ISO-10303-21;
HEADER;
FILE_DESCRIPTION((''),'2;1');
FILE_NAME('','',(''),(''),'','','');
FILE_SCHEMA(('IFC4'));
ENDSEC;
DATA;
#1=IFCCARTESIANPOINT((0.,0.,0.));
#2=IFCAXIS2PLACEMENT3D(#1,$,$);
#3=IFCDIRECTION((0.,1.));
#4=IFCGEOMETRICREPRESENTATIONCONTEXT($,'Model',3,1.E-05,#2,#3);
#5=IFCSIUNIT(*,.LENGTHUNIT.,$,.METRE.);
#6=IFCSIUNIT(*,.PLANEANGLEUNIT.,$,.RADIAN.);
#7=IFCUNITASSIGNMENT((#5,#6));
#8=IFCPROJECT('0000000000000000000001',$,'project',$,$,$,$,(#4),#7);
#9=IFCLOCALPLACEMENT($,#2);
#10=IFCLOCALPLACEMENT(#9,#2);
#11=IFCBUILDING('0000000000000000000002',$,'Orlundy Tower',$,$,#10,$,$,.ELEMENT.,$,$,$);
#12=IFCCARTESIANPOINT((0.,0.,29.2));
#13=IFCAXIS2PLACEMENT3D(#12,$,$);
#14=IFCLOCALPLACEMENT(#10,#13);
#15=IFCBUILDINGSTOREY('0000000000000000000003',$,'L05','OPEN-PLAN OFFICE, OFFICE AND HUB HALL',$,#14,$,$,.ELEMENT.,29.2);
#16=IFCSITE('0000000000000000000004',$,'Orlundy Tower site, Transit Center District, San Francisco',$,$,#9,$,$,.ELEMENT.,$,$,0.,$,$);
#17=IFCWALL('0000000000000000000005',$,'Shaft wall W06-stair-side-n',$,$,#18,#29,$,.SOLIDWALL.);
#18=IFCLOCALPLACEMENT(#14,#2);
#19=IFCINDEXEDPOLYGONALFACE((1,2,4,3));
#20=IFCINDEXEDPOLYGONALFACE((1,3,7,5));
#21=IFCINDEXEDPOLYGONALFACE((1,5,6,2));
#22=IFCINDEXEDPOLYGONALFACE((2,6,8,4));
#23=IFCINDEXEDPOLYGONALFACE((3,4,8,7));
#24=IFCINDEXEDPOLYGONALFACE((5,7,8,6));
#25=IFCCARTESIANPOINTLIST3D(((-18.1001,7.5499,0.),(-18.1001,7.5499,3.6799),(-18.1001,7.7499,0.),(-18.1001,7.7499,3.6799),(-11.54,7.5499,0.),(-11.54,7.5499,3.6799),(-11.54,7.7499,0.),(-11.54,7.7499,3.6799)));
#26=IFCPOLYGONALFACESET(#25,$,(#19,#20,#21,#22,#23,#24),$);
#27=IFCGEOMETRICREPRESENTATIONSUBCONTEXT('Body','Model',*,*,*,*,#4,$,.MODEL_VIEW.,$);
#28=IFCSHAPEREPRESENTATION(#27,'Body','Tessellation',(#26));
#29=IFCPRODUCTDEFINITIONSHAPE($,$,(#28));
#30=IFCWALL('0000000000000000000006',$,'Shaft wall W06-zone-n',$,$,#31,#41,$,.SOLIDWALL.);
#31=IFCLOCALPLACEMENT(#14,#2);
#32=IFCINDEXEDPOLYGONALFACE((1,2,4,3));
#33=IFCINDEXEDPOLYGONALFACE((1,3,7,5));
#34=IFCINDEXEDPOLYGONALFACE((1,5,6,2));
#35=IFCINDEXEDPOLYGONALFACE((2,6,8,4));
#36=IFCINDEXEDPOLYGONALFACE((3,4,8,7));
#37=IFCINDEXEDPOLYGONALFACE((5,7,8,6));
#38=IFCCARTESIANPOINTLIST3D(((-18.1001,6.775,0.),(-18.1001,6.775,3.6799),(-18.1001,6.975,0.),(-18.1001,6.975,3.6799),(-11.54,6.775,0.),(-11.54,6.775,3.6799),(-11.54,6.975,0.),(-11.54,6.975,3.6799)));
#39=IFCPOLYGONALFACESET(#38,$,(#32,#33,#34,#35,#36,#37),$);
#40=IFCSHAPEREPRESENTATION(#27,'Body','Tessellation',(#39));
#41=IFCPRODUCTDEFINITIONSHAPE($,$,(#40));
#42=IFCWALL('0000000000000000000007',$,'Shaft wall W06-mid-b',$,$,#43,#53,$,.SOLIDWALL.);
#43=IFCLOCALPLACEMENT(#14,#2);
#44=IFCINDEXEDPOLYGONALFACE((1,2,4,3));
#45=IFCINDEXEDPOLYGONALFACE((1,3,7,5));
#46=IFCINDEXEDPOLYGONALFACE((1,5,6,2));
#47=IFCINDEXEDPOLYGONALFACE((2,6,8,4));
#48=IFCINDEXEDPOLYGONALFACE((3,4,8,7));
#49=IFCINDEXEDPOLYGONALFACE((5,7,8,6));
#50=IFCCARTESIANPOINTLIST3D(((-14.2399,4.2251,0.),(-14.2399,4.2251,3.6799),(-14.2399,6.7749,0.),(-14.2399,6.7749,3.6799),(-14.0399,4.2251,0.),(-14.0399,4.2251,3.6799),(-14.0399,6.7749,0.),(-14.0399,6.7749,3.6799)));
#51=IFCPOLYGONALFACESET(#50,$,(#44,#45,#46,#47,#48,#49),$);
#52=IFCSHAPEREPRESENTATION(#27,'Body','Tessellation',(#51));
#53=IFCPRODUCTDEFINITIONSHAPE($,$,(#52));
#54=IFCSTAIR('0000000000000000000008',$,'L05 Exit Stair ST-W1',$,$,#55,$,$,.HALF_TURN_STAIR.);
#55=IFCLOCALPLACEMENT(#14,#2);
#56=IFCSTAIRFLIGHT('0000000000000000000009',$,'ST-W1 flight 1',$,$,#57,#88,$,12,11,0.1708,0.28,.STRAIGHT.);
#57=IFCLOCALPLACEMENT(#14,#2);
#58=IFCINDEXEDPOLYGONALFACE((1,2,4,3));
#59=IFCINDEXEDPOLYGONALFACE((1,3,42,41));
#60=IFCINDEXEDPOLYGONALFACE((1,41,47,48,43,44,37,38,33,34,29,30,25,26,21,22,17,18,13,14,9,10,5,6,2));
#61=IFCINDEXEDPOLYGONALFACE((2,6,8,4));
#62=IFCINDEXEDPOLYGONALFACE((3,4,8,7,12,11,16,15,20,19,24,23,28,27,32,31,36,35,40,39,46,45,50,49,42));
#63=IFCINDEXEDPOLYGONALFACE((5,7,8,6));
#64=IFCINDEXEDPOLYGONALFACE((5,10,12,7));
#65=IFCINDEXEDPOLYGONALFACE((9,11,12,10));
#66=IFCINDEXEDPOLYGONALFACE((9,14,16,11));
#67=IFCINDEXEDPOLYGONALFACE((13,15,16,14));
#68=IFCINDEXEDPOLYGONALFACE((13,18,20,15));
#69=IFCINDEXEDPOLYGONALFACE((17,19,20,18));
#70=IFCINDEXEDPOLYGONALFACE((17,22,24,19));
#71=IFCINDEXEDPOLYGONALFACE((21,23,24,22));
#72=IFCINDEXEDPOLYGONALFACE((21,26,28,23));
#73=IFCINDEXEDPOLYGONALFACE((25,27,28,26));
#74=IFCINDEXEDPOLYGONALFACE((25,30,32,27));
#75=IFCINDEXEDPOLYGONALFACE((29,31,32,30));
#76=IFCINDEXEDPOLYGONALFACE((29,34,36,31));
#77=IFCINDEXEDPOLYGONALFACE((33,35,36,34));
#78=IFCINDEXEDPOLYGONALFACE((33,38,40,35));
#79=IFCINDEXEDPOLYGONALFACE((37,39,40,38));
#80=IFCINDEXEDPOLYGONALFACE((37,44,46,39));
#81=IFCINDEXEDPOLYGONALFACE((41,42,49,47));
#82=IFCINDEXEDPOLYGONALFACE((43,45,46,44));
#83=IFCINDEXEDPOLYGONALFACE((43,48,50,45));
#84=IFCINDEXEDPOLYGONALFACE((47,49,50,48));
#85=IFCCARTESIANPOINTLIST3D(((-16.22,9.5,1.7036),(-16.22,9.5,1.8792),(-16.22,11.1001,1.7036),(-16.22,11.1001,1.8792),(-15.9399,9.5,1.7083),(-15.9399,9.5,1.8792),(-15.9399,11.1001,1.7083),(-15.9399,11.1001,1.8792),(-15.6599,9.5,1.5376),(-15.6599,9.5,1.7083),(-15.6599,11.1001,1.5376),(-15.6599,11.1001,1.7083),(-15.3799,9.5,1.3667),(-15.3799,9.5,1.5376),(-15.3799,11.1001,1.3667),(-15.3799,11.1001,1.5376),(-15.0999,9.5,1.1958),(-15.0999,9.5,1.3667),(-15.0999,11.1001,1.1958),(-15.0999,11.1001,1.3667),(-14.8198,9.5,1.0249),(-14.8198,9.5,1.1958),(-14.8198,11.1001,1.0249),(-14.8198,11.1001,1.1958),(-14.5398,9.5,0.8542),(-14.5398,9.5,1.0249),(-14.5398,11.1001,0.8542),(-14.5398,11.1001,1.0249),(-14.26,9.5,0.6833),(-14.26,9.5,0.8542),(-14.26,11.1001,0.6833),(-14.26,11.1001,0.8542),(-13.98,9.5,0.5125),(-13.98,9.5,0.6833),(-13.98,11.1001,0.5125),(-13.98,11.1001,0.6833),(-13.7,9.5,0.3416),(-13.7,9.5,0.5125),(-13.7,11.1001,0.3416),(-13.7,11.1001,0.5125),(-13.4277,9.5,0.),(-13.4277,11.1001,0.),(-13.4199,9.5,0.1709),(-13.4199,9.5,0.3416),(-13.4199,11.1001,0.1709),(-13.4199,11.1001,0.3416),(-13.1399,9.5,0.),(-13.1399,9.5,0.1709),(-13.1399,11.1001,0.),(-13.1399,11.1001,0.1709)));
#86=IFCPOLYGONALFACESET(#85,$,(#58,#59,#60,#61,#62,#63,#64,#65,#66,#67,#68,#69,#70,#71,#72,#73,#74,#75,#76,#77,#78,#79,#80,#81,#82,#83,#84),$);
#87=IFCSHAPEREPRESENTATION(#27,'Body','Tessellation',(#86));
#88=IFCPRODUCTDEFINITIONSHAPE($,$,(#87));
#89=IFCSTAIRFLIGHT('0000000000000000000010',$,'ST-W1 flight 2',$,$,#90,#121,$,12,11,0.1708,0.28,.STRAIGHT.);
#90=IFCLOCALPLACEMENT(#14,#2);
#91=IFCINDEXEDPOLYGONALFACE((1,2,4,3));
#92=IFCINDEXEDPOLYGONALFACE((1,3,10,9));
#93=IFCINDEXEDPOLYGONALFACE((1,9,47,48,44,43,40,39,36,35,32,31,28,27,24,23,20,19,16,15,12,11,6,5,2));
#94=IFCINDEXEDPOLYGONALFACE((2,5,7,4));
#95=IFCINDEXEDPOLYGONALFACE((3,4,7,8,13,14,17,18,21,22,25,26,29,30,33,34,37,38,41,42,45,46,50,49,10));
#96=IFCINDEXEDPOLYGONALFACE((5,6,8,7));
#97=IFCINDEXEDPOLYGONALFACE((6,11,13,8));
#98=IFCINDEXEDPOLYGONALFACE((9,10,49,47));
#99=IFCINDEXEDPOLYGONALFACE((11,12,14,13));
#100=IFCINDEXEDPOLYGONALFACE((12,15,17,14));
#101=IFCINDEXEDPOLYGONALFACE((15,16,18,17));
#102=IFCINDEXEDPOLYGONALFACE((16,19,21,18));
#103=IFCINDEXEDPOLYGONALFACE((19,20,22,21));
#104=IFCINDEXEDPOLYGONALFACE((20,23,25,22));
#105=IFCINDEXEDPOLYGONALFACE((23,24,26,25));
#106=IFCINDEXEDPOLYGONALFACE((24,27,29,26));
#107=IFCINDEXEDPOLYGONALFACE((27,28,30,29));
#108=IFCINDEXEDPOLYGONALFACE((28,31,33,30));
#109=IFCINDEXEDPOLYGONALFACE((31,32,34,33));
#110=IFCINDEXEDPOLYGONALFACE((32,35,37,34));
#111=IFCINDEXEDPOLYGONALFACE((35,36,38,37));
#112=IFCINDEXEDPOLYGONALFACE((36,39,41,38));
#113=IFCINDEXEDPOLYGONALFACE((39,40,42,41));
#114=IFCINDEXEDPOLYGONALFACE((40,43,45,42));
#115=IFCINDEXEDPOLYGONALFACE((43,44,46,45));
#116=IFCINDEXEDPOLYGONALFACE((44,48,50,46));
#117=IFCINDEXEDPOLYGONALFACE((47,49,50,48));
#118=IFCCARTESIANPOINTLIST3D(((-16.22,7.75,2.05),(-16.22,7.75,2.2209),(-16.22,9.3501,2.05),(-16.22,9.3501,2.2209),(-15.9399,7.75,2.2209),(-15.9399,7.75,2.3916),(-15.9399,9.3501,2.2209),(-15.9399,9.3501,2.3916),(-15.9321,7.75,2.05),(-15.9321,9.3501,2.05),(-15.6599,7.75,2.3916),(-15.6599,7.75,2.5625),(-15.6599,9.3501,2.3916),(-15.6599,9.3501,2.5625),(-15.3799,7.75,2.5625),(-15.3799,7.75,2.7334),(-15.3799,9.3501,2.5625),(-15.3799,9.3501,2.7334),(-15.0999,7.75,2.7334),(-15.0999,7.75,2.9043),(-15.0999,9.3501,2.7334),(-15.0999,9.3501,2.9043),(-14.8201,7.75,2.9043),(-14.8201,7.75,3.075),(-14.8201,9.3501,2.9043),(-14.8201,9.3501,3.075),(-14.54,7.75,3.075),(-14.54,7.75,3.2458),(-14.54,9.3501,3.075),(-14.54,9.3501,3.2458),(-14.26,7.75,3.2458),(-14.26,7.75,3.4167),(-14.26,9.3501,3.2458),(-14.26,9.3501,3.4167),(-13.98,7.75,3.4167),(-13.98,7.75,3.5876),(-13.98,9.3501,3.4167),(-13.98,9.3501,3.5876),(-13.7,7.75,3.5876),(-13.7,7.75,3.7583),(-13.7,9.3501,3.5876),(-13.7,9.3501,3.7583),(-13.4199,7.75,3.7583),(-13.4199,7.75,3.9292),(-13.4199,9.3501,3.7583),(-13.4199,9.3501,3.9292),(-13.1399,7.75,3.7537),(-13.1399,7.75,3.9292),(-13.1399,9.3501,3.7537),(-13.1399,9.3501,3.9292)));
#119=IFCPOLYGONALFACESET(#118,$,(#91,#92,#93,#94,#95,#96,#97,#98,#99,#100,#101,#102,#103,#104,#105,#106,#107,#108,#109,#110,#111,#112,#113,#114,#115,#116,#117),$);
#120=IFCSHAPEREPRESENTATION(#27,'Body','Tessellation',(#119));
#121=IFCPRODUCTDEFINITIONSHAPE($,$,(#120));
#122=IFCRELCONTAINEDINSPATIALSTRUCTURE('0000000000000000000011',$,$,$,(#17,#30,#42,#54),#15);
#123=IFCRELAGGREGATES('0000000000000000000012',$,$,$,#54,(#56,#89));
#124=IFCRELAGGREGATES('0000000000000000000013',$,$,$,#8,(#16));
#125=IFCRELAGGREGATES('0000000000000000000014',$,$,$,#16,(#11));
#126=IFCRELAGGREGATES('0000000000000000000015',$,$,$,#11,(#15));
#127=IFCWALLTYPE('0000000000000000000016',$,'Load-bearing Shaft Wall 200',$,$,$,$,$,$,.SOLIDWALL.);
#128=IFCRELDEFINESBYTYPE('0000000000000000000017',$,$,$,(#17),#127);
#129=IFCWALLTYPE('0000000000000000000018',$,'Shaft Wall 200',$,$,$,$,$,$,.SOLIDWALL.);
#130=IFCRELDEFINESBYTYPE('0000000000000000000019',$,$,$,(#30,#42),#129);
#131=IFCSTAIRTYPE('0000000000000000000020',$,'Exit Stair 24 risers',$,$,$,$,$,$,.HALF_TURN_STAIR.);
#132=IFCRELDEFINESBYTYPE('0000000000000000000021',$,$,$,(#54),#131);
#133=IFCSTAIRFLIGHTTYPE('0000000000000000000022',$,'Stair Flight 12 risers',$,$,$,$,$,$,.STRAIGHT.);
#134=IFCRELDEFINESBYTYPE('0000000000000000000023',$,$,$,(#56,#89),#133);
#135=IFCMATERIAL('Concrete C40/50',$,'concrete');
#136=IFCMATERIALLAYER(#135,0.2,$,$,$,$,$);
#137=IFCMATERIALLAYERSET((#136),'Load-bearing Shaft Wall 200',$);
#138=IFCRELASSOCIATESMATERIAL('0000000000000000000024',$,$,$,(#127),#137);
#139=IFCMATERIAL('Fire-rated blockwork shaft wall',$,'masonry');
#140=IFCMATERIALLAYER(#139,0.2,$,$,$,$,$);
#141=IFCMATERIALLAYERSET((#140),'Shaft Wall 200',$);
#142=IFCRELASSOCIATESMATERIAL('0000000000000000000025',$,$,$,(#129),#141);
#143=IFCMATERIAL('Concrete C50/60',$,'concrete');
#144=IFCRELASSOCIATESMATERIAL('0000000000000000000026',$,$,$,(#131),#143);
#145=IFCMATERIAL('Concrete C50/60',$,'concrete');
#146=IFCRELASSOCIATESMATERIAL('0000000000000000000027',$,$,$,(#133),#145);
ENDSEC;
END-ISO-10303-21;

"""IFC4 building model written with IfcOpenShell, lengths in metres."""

from ifc_helpers import new_model, si_unit, direction, frame, frame_2d, origin, place, context, subcontext, project, spatial, polyline, rectangle, outline, extrude, material, layer, layer_set, type_object, element, aggregate, save


model = new_model("IFC4")

# Units and contexts
model_context = context("Model", 3, precision=1e-05, world=origin(), true_north=direction((0.0, 1.0)))
body_context = subcontext(model_context, "Body", "Model", "MODEL_VIEW")
ifc_project = project(units=[si_unit("LENGTHUNIT", "METRE"), si_unit("PLANEANGLEUNIT", "RADIAN")], contexts=[model_context])

# Site, building, storey
site_placement = place(None, origin())
site = spatial("IfcSite", under=ifc_project, at=site_placement, Name="Orlundy Tower site, Transit Center District, San Francisco", CompositionType="ELEMENT", RefElevation=0.0)
building_placement = place(site_placement, origin())
building = spatial("IfcBuilding", under=site, at=building_placement, Name="Orlundy Tower", CompositionType="ELEMENT")
storey_placement = place(building_placement, frame((0.0, 0.0, 29.2)))
storey = spatial("IfcBuildingStorey", under=building, at=storey_placement, Name="L05", Description="OPEN-PLAN OFFICE, OFFICE AND HUB HALL", CompositionType="ELEMENT", Elevation=29.2)

# Shared definitions
ifc_material_1 = material(Name="Concrete C40/50", Category="concrete")
ifc_layer_1 = layer(ifc_material_1, 0.2)
ifc_layer_set_1 = layer_set([ifc_layer_1], Name="Load-bearing Shaft Wall 200")
wall_type_1 = type_object("IfcWallType", Name="Load-bearing Shaft Wall 200", PredefinedType="SOLIDWALL", material=ifc_layer_set_1)

# Walls
wall_1_placement = place(storey_placement, frame((-11.54, 7.6499, 0.0), z_axis=(0.0, 0.0, 1.0), x_axis=(-1.0, 0.0, 0.0)))
element("IfcWall", 1, at=wall_1_placement, inside=storey, type_object=wall_type_1, Name="Shaft wall W06-stair-side-n", PredefinedType="SOLIDWALL", context=body_context, shape_type="SweptSolid", body=[
    extrude(rectangle(XDim=6.5601, YDim=0.2, at=frame_2d((3.28, 0.0))), origin(), (0.0, 0.0, 1.0), 3.6799),
])
ifc_material_2 = material(Name="Fire-rated blockwork shaft wall", Category="masonry")
ifc_layer_2 = layer(ifc_material_2, 0.2)
ifc_layer_set_2 = layer_set([ifc_layer_2], Name="Shaft Wall 200")
wall_type_2 = type_object("IfcWallType", Name="Shaft Wall 200", PredefinedType="SOLIDWALL", material=ifc_layer_set_2)
wall_2_placement = place(storey_placement, frame((-11.54, 6.875, 0.0), z_axis=(0.0, 0.0, 1.0), x_axis=(-1.0, 0.0, 0.0)))
element("IfcWall", 2, at=wall_2_placement, inside=storey, type_object=wall_type_2, Name="Shaft wall W06-zone-n", PredefinedType="SOLIDWALL", context=body_context, shape_type="SweptSolid", body=[
    extrude(rectangle(XDim=6.5601, YDim=0.2, at=frame_2d((3.28, 0.0))), origin(), (0.0, 0.0, 1.0), 3.6799),
])
wall_3_placement = place(storey_placement, frame((-14.1399, 4.2251, 0.0), z_axis=(0.0, 0.0, 1.0), x_axis=(0.0, 1.0, 0.0)))
element("IfcWall", 3, at=wall_3_placement, inside=storey, type_object=wall_type_2, Name="Shaft wall W06-mid-b", PredefinedType="SOLIDWALL", context=body_context, shape_type="SweptSolid", body=[
    extrude(rectangle(XDim=2.5498, YDim=0.2, at=frame_2d((1.2749, 0.0))), origin(), (0.0, 0.0, 1.0), 3.6799),
])

# Stair, stair flights
ifc_material_3 = material(Name="Concrete C50/60", Category="concrete")
stair_type = type_object("IfcStairType", Name="Exit Stair 24 risers", PredefinedType="HALF_TURN_STAIR", material=ifc_material_3)
stair_placement = place(storey_placement, origin())
stair = element("IfcStair", 4, at=stair_placement, inside=storey, type_object=stair_type, Name="L05 Exit Stair ST-W1", PredefinedType="HALF_TURN_STAIR")
ifc_material_4 = material(Name="Concrete C50/60", Category="concrete")
stair_flight_type = type_object("IfcStairFlightType", Name="Stair Flight 12 risers", PredefinedType="STRAIGHT", material=ifc_material_4)
stair_flight_1_placement = place(storey_placement, frame((-13.1399, 10.3, 0.0), z_axis=(0.0, 0.0, 1.0), x_axis=(-1.0, 0.0, 0.0)))
stair_flight_1 = element("IfcStairFlight", 5, at=stair_flight_1_placement, type_object=stair_flight_type, Name="ST-W1 flight 1", NumberOfRisers=12, NumberOfTreads=11, PredefinedType="STRAIGHT", RiserHeight=0.1708, TreadLength=0.28, context=body_context, shape_type="SweptSolid", body=[
    extrude(outline(polyline([(0.0, 0.0), (0.0, 0.1709), (0.28, 0.1709), (0.28, 0.3416), (0.5601, 0.3416), (0.5601, 0.5125), (0.8401, 0.5125), (0.8401, 0.6833), (1.1201, 0.6833), (1.1201, 0.8542), (1.3999, 0.8542), (1.3999, 1.0249), (1.6799, 1.0249), (1.6799, 1.1958), (1.96, 1.1958), (1.96, 1.3667), (2.24, 1.3667), (2.24, 1.5376), (2.52, 1.5376), (2.52, 1.7083), (2.8, 1.7083), (2.8, 1.8792), (3.0801, 1.8792), (3.0801, 2.05), (3.0801, 1.7036), (0.2878, 0.0), (0.0, 0.0)])), frame((0.0, 0.8, 0.0), z_axis=(0.0, -1.0, 0.0), x_axis=(1.0, 0.0, 0.0)), (0.0, 0.0, 1.0), 1.6001),
])
stair_flight_2_placement = place(storey_placement, frame((-16.22, 8.55, 2.05), z_axis=(0.0, 0.0, 1.0), x_axis=(1.0, 0.0, 0.0)))
stair_flight_2 = element("IfcStairFlight", 6, at=stair_flight_2_placement, type_object=stair_flight_type, Name="ST-W1 flight 2", NumberOfRisers=12, NumberOfTreads=11, PredefinedType="STRAIGHT", RiserHeight=0.1708, TreadLength=0.28, context=body_context, shape_type="SweptSolid", body=[
    extrude(outline(polyline([(0.0, 0.0), (0.0, 0.1709), (0.28, 0.1709), (0.28, 0.3416), (0.5601, 0.3416), (0.5601, 0.5125), (0.8401, 0.5125), (0.8401, 0.6833), (1.1201, 0.6833), (1.1201, 0.8542), (1.3999, 0.8542), (1.3999, 1.0249), (1.6799, 1.0249), (1.6799, 1.1958), (1.96, 1.1958), (1.96, 1.3667), (2.24, 1.3667), (2.24, 1.5376), (2.52, 1.5376), (2.52, 1.7083), (2.8, 1.7083), (2.8, 1.8792), (3.0801, 1.8792), (3.0801, 2.05), (3.0801, 1.7036), (0.2878, 0.0), (0.0, 0.0)])), frame((0.0, 0.8, 0.0), z_axis=(0.0, -1.0, 0.0), x_axis=(1.0, 0.0, 0.0)), (0.0, 0.0, 1.0), 1.6001),
])
aggregate(stair, [stair_flight_1, stair_flight_2])

save(model, "model.ifc")
